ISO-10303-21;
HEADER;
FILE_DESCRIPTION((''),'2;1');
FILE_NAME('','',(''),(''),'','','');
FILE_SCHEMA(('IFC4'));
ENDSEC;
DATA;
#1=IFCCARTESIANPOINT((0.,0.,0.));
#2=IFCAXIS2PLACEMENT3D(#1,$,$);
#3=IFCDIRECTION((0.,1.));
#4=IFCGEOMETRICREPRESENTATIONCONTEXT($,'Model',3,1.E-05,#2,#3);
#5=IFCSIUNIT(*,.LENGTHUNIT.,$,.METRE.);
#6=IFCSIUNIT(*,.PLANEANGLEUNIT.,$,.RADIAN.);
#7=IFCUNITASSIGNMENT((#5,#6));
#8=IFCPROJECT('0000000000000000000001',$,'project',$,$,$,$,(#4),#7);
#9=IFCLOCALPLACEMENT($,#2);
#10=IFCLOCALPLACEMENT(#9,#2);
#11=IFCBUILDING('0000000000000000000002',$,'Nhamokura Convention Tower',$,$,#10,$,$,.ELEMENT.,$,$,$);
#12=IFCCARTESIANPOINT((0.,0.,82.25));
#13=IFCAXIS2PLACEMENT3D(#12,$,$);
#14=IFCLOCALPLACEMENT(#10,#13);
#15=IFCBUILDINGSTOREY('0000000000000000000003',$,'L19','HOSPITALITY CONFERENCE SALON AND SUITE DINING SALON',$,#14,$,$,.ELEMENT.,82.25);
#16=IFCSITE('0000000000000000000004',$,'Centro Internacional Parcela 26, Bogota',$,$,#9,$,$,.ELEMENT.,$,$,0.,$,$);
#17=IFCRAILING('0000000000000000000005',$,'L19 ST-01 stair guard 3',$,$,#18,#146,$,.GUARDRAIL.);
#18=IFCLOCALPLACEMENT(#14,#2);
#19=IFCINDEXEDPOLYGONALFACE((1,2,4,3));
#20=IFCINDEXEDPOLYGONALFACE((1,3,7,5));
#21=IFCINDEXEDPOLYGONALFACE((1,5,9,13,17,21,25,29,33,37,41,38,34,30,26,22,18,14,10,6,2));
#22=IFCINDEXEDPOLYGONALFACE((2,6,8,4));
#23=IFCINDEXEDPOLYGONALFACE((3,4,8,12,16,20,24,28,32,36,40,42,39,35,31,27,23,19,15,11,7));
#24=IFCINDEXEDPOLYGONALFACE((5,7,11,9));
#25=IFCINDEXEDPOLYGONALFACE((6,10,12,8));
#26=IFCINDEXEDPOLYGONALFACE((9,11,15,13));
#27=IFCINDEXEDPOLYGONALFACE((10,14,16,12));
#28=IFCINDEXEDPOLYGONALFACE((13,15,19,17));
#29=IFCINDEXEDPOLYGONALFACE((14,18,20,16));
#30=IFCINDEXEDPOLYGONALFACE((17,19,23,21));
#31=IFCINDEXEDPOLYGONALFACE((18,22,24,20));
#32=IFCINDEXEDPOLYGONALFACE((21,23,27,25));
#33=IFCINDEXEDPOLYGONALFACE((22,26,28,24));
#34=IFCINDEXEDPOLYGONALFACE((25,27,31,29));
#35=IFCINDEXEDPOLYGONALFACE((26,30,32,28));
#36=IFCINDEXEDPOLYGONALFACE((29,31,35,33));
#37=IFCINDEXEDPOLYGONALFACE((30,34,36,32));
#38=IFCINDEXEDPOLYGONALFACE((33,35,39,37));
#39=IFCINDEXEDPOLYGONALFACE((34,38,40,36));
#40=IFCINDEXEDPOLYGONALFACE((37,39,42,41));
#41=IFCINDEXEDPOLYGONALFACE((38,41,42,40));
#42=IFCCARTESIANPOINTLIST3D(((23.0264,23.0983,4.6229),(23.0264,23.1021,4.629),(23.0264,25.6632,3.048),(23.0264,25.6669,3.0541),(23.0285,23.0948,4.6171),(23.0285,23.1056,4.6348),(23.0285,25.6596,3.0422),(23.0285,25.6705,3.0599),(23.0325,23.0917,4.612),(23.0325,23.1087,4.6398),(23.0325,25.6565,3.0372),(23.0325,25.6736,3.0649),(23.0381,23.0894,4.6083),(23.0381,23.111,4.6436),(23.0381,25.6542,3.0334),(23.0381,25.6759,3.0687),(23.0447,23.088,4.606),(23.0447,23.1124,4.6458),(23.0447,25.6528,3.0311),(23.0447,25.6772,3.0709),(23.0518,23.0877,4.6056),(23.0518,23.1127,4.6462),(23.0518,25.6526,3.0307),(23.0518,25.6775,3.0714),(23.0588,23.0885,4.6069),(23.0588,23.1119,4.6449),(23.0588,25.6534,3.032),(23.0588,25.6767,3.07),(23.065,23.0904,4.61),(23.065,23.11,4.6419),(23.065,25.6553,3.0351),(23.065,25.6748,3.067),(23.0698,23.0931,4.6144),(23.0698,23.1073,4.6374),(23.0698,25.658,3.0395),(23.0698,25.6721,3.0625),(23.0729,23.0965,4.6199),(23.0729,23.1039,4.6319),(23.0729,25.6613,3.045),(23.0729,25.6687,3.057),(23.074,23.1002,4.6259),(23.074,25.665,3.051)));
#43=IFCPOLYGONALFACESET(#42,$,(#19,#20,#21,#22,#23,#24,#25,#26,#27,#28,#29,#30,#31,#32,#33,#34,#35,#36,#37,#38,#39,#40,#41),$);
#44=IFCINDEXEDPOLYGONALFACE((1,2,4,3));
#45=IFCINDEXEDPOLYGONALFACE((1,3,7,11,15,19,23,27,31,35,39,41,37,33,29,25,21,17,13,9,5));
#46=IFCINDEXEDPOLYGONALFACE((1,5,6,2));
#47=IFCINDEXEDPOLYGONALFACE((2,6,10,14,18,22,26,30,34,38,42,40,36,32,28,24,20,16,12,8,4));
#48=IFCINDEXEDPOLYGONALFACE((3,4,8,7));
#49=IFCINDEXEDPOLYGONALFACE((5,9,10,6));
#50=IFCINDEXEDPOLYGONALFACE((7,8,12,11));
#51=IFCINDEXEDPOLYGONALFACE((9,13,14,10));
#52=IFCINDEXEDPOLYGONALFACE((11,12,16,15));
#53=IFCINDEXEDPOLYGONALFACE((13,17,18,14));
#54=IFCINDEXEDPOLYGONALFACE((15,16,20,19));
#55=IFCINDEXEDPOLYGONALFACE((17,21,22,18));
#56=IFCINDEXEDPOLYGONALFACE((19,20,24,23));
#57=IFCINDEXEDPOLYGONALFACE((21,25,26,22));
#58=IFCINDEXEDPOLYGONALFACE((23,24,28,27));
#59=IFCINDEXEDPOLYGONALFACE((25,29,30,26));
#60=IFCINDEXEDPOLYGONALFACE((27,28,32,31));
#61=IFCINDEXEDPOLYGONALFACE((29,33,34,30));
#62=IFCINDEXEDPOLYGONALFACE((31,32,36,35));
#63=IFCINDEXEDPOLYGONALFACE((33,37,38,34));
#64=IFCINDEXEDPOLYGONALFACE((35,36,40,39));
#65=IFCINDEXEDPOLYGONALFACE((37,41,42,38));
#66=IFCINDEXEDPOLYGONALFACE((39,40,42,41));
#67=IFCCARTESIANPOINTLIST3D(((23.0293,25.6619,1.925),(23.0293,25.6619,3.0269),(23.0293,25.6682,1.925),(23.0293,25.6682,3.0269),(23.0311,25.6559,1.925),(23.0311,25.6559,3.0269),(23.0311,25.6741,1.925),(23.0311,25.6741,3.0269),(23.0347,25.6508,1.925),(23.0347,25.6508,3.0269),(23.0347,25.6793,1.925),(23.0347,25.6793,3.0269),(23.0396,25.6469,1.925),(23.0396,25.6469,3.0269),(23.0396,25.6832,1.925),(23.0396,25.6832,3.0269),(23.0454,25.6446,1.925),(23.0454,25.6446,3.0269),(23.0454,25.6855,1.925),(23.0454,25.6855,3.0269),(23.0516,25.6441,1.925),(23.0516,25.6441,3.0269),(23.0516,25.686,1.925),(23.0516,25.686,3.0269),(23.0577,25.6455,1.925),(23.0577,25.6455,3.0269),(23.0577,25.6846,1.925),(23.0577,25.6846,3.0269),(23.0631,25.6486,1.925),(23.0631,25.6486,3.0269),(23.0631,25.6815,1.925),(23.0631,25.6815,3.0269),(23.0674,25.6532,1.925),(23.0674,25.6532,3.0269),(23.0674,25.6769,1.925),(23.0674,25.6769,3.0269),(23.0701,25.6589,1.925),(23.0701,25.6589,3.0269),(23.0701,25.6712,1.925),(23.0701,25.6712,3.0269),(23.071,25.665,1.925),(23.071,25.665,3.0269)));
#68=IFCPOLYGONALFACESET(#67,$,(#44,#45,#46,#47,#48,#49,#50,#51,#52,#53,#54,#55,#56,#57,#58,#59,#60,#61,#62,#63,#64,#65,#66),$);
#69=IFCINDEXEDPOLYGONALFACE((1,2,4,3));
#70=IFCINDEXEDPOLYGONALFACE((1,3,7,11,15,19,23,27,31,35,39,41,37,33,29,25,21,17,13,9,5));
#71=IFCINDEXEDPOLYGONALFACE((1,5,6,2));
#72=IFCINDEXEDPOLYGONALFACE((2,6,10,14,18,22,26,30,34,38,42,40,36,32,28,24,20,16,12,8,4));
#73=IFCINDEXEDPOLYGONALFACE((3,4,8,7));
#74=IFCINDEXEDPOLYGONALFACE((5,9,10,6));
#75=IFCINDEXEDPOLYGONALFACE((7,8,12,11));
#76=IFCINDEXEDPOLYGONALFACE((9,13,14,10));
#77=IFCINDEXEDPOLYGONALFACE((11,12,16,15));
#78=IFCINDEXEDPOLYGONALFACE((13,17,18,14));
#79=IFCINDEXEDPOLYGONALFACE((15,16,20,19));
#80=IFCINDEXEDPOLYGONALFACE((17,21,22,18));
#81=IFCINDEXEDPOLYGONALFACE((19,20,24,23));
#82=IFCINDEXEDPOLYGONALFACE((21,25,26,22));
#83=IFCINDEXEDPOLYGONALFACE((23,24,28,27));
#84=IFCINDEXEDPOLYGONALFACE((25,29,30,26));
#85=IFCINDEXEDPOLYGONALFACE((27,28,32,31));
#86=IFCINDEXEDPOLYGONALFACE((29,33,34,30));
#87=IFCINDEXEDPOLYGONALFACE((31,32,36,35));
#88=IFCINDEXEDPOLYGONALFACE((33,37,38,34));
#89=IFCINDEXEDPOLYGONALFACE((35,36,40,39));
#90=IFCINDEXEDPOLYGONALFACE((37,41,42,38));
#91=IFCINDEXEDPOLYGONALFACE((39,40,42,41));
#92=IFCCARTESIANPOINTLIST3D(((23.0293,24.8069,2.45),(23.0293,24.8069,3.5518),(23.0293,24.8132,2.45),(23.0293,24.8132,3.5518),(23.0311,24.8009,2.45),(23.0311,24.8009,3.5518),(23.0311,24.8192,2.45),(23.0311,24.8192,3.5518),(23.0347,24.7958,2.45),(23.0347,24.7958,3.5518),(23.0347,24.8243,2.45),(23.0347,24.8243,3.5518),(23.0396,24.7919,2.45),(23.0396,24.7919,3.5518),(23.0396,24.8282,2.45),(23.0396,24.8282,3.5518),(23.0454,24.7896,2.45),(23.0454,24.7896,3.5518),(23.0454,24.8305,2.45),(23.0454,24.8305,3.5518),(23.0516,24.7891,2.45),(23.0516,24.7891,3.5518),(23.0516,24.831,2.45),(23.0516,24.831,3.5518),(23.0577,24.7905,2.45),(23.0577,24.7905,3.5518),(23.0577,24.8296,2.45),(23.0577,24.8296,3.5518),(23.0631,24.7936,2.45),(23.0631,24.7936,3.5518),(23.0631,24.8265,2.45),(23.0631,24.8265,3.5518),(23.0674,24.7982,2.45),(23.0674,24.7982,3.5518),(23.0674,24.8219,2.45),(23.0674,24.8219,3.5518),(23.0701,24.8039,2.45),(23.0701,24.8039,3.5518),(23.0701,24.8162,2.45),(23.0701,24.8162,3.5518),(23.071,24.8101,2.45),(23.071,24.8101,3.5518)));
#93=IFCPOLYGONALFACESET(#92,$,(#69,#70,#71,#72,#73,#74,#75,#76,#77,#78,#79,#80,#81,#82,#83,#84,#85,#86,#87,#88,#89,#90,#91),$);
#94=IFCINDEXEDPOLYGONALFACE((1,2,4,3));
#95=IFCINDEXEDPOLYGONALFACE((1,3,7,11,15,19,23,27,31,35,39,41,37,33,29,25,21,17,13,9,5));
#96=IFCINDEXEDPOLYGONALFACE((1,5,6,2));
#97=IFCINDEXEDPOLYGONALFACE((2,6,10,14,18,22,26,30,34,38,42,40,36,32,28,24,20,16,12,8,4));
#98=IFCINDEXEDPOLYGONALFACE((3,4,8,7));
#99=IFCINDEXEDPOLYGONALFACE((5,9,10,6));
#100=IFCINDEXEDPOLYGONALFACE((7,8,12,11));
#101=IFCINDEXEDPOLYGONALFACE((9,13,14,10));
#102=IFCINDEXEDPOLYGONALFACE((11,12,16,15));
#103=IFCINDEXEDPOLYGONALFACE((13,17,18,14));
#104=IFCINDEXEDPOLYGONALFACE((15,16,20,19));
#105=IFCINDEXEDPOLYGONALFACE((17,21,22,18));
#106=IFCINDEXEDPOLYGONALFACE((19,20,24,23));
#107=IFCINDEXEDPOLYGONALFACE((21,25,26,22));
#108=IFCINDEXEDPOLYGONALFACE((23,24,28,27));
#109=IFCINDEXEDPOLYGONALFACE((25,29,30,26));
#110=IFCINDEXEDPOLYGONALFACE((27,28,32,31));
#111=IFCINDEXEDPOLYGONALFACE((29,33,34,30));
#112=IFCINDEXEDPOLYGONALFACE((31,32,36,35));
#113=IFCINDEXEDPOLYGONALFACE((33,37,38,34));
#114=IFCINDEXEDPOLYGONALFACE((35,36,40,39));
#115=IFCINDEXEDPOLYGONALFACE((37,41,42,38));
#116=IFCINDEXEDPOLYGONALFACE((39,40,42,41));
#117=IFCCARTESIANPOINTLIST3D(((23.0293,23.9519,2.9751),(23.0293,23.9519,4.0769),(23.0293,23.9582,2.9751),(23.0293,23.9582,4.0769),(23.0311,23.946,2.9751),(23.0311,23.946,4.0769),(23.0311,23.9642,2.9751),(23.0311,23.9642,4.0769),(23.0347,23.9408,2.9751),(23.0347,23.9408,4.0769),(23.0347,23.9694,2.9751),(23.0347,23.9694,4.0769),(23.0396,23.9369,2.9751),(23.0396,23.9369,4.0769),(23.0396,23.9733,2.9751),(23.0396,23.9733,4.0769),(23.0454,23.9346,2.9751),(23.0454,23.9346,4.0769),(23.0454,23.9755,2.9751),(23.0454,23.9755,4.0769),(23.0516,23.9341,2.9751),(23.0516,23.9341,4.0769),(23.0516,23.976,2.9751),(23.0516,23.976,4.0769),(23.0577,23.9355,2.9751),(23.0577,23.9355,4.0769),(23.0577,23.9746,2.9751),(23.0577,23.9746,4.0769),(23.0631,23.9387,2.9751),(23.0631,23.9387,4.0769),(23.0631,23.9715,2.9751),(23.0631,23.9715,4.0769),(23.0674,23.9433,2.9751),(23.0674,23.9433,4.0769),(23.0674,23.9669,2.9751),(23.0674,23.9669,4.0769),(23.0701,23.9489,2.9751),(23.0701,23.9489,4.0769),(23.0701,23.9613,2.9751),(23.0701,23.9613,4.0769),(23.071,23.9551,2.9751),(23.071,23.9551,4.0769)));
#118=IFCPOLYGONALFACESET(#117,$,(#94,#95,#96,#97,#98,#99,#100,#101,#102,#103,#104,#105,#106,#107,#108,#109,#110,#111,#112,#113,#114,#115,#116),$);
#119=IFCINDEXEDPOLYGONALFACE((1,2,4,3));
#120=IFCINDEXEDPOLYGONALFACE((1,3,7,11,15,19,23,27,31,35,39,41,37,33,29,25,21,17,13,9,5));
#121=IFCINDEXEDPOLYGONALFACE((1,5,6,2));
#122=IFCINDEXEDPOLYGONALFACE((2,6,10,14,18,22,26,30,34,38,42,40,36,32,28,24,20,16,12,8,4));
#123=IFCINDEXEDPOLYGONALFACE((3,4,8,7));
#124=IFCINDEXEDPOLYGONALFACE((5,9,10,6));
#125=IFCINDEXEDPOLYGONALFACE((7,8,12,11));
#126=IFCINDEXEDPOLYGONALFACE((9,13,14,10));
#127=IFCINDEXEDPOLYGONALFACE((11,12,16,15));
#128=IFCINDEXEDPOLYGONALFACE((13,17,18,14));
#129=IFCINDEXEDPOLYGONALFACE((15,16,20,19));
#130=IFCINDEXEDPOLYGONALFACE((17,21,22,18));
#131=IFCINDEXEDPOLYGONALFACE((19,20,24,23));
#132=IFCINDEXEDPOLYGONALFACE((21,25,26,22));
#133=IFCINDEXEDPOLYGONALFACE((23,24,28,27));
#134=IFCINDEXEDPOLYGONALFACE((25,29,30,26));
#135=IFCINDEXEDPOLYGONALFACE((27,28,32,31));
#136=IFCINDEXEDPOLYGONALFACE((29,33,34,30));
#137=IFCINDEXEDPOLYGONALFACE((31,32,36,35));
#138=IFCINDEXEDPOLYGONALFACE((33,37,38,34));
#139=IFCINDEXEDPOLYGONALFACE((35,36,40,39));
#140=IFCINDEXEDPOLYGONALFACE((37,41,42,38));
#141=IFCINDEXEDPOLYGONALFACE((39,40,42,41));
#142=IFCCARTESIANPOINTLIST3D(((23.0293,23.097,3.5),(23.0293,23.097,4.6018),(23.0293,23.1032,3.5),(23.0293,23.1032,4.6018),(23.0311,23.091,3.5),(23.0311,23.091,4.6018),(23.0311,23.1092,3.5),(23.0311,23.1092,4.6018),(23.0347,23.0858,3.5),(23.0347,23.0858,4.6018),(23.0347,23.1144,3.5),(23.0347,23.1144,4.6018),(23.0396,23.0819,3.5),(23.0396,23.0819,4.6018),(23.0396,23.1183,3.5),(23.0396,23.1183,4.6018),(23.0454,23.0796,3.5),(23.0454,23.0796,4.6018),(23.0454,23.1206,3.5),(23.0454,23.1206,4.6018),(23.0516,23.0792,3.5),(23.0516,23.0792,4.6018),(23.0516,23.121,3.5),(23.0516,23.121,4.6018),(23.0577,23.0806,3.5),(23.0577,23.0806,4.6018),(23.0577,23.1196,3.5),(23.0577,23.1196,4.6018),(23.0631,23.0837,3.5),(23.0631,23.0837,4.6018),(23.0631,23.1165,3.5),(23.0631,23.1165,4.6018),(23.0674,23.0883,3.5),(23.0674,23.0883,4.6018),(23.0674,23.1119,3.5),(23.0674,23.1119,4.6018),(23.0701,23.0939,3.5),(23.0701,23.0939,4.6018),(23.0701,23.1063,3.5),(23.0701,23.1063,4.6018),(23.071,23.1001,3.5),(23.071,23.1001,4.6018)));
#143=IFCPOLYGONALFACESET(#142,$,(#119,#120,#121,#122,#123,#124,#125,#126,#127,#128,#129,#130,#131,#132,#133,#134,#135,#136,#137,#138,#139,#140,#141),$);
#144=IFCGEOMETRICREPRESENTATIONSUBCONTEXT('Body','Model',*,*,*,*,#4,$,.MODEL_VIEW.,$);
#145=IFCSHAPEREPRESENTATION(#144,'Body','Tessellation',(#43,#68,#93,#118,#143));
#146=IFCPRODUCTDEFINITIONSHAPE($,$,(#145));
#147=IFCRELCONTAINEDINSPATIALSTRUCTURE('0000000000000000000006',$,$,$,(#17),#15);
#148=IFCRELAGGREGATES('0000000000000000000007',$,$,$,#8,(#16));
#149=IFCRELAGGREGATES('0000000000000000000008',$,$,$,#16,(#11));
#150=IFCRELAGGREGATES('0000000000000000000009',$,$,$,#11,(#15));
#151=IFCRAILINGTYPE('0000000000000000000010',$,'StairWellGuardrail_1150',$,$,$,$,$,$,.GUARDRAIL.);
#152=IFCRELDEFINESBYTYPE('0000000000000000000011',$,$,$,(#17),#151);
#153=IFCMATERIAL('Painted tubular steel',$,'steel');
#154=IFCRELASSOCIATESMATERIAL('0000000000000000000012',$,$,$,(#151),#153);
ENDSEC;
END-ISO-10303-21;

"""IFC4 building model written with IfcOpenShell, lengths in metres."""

from ifc_helpers import new_model, si_unit, direction, frame, origin, origin_2d, place, context, subcontext, project, spatial, circle, extrude, material, type_object, element, save


model = new_model("IFC4")

# Units and contexts
model_context = context("Model", 3, precision=1e-05, world=origin(), true_north=direction((0.0, 1.0)))
body_context = subcontext(model_context, "Body", "Model", "MODEL_VIEW")
ifc_project = project(units=[si_unit("LENGTHUNIT", "METRE"), si_unit("PLANEANGLEUNIT", "RADIAN")], contexts=[model_context])

# Site, building, storey
site_placement = place(None, origin())
site = spatial("IfcSite", under=ifc_project, at=site_placement, Name="Centro Internacional Parcela 26, Bogota", CompositionType="ELEMENT", RefElevation=0.0)
building_placement = place(site_placement, origin())
building = spatial("IfcBuilding", under=site, at=building_placement, Name="Nhamokura Convention Tower", CompositionType="ELEMENT")
storey_placement = place(building_placement, frame((0.0, 0.0, 82.25)))
storey = spatial("IfcBuildingStorey", under=building, at=storey_placement, Name="L19", Description="HOSPITALITY CONFERENCE SALON AND SUITE DINING SALON", CompositionType="ELEMENT", Elevation=82.25)

# Railing
ifc_material_1 = material(Name="Painted tubular steel", Category="steel")
railing_type_1 = type_object("IfcRailingType", Name="StairWellGuardrail_1150", PredefinedType="GUARDRAIL", material=ifc_material_1)
railing_1_placement = place(storey_placement, frame((23.05, 25.665, 1.925)))
element("IfcRailing", 1, at=railing_1_placement, inside=storey, type_object=railing_type_1, Name="L19 ST-01 stair guard 3", PredefinedType="GUARDRAIL", context=body_context, shape_type="SweptSolid", body=[
    extrude(circle(Radius=0.0239, at=origin_2d()), frame((0.0, 0.0, 1.126), z_axis=(0.0, -0.852173, 0.52326), x_axis=(1.0, 0.0, 0.0)), (0.0, 0.0, 1.0), 3.0098),
    extrude(circle(Radius=0.021, at=origin_2d()), origin(), (0.0, 0.0, 1.0), 1.1018),
    extrude(circle(Radius=0.021, at=origin_2d()), frame((0.0, -0.855, 0.5249)), (0.0, 0.0, 1.0), 1.1018),
    extrude(circle(Radius=0.021, at=origin_2d()), frame((0.0, -1.71, 1.05)), (0.0, 0.0, 1.0), 1.1018),
    extrude(circle(Radius=0.021, at=origin_2d()), frame((0.0, -2.5649, 1.575)), (0.0, 0.0, 1.0), 1.1018),
])

save(model, "model.ifc")
